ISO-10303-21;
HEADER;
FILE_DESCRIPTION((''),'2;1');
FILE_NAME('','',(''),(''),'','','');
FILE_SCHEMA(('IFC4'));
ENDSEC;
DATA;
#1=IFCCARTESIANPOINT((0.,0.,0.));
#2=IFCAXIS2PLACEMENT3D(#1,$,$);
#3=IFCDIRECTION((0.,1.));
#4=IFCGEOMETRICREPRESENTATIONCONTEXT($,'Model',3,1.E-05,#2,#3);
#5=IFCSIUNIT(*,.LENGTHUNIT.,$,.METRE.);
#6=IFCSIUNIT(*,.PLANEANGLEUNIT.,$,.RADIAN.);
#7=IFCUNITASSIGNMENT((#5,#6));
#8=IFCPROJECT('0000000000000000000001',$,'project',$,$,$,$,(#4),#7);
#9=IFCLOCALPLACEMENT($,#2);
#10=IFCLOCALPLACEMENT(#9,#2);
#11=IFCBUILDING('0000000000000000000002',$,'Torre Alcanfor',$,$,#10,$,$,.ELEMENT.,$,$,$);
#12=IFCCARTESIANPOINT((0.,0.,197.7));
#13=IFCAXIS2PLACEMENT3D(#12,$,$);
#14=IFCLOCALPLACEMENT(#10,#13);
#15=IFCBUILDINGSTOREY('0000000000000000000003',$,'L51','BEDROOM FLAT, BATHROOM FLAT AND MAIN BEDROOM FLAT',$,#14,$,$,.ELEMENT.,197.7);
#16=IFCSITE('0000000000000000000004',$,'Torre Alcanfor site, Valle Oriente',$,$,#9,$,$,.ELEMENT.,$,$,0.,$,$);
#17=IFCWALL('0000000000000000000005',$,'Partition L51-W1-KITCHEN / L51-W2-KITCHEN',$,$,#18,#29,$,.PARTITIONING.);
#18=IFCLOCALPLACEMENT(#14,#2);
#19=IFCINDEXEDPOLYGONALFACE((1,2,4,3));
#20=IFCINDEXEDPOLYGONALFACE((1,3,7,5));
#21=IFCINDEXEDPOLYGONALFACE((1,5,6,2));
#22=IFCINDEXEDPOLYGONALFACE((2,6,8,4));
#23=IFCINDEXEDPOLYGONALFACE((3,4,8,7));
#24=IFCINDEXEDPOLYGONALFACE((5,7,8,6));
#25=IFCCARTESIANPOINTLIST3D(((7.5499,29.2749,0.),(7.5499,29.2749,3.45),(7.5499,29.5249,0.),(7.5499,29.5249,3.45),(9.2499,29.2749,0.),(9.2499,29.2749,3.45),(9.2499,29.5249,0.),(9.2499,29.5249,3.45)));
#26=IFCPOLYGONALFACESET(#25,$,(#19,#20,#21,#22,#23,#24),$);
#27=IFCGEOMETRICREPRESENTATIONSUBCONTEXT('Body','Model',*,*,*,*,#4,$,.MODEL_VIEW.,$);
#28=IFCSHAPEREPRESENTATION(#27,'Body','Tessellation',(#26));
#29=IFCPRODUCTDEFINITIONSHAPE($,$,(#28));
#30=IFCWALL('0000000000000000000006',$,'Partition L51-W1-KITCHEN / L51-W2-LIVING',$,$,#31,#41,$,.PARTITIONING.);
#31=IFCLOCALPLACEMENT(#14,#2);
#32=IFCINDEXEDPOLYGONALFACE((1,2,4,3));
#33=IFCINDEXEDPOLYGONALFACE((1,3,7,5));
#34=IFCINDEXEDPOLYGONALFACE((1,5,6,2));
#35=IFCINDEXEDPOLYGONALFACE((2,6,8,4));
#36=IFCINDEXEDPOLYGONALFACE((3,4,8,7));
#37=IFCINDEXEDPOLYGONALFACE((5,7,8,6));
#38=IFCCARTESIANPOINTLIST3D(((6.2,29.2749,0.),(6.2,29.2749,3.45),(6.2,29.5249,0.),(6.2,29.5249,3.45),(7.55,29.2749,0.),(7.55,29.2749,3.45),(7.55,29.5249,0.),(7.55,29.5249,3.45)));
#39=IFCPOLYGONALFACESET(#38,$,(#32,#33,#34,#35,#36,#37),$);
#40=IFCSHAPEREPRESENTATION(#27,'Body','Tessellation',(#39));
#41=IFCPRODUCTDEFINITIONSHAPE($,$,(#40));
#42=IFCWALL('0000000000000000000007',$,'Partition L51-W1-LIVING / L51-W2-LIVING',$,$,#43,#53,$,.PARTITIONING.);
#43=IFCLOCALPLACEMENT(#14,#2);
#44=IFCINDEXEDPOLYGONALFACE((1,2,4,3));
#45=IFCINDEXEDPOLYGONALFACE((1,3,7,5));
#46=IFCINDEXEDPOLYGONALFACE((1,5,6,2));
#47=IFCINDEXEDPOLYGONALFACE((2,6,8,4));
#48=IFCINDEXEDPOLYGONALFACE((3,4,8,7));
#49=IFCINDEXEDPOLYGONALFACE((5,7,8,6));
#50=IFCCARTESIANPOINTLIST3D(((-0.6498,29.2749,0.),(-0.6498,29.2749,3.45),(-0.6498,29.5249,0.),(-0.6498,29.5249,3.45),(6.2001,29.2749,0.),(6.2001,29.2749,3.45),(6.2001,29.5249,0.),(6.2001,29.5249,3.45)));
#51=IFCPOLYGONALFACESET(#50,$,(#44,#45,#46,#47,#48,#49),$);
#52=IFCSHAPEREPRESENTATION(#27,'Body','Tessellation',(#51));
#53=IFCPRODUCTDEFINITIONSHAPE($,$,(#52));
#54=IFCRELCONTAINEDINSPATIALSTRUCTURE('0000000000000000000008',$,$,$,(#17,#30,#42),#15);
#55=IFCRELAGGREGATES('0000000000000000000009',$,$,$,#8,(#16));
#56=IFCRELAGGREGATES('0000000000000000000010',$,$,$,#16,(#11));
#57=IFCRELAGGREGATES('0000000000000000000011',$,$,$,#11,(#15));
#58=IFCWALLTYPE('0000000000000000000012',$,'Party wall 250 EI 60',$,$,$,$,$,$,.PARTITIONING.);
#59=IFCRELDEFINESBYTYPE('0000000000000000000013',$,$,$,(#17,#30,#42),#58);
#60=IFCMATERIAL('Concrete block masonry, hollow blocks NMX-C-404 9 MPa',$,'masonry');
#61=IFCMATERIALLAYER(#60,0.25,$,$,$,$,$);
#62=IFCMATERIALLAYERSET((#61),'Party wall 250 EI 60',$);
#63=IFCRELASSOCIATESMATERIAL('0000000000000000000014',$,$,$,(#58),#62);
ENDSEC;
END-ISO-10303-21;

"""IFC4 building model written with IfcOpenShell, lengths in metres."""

from ifc_helpers import new_model, si_unit, direction, frame, frame_2d, origin, place, context, subcontext, project, spatial, rectangle, extrude, material, layer, layer_set, type_object, element, save


model = new_model("IFC4")

# Units and contexts
model_context = context("Model", 3, precision=1e-05, world=origin(), true_north=direction((0.0, 1.0)))
body_context = subcontext(model_context, "Body", "Model", "MODEL_VIEW")
ifc_project = project(units=[si_unit("LENGTHUNIT", "METRE"), si_unit("PLANEANGLEUNIT", "RADIAN")], contexts=[model_context])

# Site, building, storey
site_placement = place(None, origin())
site = spatial("IfcSite", under=ifc_project, at=site_placement, Name="Torre Alcanfor site, Valle Oriente", CompositionType="ELEMENT", RefElevation=0.0)
building_placement = place(site_placement, origin())
building = spatial("IfcBuilding", under=site, at=building_placement, Name="Torre Alcanfor", CompositionType="ELEMENT")
storey_placement = place(building_placement, frame((0.0, 0.0, 197.7)))
storey = spatial("IfcBuildingStorey", under=building, at=storey_placement, Name="L51", Description="BEDROOM FLAT, BATHROOM FLAT AND MAIN BEDROOM FLAT", CompositionType="ELEMENT", Elevation=197.7)

# Walls
ifc_material_1 = material(Name="Concrete block masonry, hollow blocks NMX-C-404 9 MPa", Category="masonry")
ifc_layer_1 = layer(ifc_material_1, 0.25)
ifc_layer_set_1 = layer_set([ifc_layer_1], Name="Party wall 250 EI 60")
wall_type_1 = type_object("IfcWallType", Name="Party wall 250 EI 60", PredefinedType="PARTITIONING", material=ifc_layer_set_1)
wall_1_placement = place(storey_placement, frame((9.25, 29.3999, 0.0), z_axis=(0.0, 0.0, 1.0), x_axis=(-1.0, 0.0, 0.0)))
element("IfcWall", 1, at=wall_1_placement, inside=storey, type_object=wall_type_1, Name="Partition L51-W1-KITCHEN / L51-W2-KITCHEN", PredefinedType="PARTITIONING", context=body_context, shape_type="SweptSolid", body=[
    extrude(rectangle(XDim=1.7, YDim=0.25, at=frame_2d((0.8501, 0.0))), origin(), (0.0, 0.0, 1.0), 3.45),
])
wall_2_placement = place(storey_placement, frame((7.55, 29.3999, 0.0), z_axis=(0.0, 0.0, 1.0), x_axis=(-1.0, 0.0, 0.0)))
element("IfcWall", 2, at=wall_2_placement, inside=storey, type_object=wall_type_1, Name="Partition L51-W1-KITCHEN / L51-W2-LIVING", PredefinedType="PARTITIONING", context=body_context, shape_type="SweptSolid", body=[
    extrude(rectangle(XDim=1.3501, YDim=0.25, at=frame_2d((0.675, 0.0))), origin(), (0.0, 0.0, 1.0), 3.45),
])
wall_3_placement = place(storey_placement, frame((6.2, 29.3999, 0.0), z_axis=(0.0, 0.0, 1.0), x_axis=(-1.0, 0.0, 0.0)))
element("IfcWall", 3, at=wall_3_placement, inside=storey, type_object=wall_type_1, Name="Partition L51-W1-LIVING / L51-W2-LIVING", PredefinedType="PARTITIONING", context=body_context, shape_type="SweptSolid", body=[
    extrude(rectangle(XDim=6.8499, YDim=0.25, at=frame_2d((3.4248, 0.0))), origin(), (0.0, 0.0, 1.0), 3.45),
])

save(model, "model.ifc")
